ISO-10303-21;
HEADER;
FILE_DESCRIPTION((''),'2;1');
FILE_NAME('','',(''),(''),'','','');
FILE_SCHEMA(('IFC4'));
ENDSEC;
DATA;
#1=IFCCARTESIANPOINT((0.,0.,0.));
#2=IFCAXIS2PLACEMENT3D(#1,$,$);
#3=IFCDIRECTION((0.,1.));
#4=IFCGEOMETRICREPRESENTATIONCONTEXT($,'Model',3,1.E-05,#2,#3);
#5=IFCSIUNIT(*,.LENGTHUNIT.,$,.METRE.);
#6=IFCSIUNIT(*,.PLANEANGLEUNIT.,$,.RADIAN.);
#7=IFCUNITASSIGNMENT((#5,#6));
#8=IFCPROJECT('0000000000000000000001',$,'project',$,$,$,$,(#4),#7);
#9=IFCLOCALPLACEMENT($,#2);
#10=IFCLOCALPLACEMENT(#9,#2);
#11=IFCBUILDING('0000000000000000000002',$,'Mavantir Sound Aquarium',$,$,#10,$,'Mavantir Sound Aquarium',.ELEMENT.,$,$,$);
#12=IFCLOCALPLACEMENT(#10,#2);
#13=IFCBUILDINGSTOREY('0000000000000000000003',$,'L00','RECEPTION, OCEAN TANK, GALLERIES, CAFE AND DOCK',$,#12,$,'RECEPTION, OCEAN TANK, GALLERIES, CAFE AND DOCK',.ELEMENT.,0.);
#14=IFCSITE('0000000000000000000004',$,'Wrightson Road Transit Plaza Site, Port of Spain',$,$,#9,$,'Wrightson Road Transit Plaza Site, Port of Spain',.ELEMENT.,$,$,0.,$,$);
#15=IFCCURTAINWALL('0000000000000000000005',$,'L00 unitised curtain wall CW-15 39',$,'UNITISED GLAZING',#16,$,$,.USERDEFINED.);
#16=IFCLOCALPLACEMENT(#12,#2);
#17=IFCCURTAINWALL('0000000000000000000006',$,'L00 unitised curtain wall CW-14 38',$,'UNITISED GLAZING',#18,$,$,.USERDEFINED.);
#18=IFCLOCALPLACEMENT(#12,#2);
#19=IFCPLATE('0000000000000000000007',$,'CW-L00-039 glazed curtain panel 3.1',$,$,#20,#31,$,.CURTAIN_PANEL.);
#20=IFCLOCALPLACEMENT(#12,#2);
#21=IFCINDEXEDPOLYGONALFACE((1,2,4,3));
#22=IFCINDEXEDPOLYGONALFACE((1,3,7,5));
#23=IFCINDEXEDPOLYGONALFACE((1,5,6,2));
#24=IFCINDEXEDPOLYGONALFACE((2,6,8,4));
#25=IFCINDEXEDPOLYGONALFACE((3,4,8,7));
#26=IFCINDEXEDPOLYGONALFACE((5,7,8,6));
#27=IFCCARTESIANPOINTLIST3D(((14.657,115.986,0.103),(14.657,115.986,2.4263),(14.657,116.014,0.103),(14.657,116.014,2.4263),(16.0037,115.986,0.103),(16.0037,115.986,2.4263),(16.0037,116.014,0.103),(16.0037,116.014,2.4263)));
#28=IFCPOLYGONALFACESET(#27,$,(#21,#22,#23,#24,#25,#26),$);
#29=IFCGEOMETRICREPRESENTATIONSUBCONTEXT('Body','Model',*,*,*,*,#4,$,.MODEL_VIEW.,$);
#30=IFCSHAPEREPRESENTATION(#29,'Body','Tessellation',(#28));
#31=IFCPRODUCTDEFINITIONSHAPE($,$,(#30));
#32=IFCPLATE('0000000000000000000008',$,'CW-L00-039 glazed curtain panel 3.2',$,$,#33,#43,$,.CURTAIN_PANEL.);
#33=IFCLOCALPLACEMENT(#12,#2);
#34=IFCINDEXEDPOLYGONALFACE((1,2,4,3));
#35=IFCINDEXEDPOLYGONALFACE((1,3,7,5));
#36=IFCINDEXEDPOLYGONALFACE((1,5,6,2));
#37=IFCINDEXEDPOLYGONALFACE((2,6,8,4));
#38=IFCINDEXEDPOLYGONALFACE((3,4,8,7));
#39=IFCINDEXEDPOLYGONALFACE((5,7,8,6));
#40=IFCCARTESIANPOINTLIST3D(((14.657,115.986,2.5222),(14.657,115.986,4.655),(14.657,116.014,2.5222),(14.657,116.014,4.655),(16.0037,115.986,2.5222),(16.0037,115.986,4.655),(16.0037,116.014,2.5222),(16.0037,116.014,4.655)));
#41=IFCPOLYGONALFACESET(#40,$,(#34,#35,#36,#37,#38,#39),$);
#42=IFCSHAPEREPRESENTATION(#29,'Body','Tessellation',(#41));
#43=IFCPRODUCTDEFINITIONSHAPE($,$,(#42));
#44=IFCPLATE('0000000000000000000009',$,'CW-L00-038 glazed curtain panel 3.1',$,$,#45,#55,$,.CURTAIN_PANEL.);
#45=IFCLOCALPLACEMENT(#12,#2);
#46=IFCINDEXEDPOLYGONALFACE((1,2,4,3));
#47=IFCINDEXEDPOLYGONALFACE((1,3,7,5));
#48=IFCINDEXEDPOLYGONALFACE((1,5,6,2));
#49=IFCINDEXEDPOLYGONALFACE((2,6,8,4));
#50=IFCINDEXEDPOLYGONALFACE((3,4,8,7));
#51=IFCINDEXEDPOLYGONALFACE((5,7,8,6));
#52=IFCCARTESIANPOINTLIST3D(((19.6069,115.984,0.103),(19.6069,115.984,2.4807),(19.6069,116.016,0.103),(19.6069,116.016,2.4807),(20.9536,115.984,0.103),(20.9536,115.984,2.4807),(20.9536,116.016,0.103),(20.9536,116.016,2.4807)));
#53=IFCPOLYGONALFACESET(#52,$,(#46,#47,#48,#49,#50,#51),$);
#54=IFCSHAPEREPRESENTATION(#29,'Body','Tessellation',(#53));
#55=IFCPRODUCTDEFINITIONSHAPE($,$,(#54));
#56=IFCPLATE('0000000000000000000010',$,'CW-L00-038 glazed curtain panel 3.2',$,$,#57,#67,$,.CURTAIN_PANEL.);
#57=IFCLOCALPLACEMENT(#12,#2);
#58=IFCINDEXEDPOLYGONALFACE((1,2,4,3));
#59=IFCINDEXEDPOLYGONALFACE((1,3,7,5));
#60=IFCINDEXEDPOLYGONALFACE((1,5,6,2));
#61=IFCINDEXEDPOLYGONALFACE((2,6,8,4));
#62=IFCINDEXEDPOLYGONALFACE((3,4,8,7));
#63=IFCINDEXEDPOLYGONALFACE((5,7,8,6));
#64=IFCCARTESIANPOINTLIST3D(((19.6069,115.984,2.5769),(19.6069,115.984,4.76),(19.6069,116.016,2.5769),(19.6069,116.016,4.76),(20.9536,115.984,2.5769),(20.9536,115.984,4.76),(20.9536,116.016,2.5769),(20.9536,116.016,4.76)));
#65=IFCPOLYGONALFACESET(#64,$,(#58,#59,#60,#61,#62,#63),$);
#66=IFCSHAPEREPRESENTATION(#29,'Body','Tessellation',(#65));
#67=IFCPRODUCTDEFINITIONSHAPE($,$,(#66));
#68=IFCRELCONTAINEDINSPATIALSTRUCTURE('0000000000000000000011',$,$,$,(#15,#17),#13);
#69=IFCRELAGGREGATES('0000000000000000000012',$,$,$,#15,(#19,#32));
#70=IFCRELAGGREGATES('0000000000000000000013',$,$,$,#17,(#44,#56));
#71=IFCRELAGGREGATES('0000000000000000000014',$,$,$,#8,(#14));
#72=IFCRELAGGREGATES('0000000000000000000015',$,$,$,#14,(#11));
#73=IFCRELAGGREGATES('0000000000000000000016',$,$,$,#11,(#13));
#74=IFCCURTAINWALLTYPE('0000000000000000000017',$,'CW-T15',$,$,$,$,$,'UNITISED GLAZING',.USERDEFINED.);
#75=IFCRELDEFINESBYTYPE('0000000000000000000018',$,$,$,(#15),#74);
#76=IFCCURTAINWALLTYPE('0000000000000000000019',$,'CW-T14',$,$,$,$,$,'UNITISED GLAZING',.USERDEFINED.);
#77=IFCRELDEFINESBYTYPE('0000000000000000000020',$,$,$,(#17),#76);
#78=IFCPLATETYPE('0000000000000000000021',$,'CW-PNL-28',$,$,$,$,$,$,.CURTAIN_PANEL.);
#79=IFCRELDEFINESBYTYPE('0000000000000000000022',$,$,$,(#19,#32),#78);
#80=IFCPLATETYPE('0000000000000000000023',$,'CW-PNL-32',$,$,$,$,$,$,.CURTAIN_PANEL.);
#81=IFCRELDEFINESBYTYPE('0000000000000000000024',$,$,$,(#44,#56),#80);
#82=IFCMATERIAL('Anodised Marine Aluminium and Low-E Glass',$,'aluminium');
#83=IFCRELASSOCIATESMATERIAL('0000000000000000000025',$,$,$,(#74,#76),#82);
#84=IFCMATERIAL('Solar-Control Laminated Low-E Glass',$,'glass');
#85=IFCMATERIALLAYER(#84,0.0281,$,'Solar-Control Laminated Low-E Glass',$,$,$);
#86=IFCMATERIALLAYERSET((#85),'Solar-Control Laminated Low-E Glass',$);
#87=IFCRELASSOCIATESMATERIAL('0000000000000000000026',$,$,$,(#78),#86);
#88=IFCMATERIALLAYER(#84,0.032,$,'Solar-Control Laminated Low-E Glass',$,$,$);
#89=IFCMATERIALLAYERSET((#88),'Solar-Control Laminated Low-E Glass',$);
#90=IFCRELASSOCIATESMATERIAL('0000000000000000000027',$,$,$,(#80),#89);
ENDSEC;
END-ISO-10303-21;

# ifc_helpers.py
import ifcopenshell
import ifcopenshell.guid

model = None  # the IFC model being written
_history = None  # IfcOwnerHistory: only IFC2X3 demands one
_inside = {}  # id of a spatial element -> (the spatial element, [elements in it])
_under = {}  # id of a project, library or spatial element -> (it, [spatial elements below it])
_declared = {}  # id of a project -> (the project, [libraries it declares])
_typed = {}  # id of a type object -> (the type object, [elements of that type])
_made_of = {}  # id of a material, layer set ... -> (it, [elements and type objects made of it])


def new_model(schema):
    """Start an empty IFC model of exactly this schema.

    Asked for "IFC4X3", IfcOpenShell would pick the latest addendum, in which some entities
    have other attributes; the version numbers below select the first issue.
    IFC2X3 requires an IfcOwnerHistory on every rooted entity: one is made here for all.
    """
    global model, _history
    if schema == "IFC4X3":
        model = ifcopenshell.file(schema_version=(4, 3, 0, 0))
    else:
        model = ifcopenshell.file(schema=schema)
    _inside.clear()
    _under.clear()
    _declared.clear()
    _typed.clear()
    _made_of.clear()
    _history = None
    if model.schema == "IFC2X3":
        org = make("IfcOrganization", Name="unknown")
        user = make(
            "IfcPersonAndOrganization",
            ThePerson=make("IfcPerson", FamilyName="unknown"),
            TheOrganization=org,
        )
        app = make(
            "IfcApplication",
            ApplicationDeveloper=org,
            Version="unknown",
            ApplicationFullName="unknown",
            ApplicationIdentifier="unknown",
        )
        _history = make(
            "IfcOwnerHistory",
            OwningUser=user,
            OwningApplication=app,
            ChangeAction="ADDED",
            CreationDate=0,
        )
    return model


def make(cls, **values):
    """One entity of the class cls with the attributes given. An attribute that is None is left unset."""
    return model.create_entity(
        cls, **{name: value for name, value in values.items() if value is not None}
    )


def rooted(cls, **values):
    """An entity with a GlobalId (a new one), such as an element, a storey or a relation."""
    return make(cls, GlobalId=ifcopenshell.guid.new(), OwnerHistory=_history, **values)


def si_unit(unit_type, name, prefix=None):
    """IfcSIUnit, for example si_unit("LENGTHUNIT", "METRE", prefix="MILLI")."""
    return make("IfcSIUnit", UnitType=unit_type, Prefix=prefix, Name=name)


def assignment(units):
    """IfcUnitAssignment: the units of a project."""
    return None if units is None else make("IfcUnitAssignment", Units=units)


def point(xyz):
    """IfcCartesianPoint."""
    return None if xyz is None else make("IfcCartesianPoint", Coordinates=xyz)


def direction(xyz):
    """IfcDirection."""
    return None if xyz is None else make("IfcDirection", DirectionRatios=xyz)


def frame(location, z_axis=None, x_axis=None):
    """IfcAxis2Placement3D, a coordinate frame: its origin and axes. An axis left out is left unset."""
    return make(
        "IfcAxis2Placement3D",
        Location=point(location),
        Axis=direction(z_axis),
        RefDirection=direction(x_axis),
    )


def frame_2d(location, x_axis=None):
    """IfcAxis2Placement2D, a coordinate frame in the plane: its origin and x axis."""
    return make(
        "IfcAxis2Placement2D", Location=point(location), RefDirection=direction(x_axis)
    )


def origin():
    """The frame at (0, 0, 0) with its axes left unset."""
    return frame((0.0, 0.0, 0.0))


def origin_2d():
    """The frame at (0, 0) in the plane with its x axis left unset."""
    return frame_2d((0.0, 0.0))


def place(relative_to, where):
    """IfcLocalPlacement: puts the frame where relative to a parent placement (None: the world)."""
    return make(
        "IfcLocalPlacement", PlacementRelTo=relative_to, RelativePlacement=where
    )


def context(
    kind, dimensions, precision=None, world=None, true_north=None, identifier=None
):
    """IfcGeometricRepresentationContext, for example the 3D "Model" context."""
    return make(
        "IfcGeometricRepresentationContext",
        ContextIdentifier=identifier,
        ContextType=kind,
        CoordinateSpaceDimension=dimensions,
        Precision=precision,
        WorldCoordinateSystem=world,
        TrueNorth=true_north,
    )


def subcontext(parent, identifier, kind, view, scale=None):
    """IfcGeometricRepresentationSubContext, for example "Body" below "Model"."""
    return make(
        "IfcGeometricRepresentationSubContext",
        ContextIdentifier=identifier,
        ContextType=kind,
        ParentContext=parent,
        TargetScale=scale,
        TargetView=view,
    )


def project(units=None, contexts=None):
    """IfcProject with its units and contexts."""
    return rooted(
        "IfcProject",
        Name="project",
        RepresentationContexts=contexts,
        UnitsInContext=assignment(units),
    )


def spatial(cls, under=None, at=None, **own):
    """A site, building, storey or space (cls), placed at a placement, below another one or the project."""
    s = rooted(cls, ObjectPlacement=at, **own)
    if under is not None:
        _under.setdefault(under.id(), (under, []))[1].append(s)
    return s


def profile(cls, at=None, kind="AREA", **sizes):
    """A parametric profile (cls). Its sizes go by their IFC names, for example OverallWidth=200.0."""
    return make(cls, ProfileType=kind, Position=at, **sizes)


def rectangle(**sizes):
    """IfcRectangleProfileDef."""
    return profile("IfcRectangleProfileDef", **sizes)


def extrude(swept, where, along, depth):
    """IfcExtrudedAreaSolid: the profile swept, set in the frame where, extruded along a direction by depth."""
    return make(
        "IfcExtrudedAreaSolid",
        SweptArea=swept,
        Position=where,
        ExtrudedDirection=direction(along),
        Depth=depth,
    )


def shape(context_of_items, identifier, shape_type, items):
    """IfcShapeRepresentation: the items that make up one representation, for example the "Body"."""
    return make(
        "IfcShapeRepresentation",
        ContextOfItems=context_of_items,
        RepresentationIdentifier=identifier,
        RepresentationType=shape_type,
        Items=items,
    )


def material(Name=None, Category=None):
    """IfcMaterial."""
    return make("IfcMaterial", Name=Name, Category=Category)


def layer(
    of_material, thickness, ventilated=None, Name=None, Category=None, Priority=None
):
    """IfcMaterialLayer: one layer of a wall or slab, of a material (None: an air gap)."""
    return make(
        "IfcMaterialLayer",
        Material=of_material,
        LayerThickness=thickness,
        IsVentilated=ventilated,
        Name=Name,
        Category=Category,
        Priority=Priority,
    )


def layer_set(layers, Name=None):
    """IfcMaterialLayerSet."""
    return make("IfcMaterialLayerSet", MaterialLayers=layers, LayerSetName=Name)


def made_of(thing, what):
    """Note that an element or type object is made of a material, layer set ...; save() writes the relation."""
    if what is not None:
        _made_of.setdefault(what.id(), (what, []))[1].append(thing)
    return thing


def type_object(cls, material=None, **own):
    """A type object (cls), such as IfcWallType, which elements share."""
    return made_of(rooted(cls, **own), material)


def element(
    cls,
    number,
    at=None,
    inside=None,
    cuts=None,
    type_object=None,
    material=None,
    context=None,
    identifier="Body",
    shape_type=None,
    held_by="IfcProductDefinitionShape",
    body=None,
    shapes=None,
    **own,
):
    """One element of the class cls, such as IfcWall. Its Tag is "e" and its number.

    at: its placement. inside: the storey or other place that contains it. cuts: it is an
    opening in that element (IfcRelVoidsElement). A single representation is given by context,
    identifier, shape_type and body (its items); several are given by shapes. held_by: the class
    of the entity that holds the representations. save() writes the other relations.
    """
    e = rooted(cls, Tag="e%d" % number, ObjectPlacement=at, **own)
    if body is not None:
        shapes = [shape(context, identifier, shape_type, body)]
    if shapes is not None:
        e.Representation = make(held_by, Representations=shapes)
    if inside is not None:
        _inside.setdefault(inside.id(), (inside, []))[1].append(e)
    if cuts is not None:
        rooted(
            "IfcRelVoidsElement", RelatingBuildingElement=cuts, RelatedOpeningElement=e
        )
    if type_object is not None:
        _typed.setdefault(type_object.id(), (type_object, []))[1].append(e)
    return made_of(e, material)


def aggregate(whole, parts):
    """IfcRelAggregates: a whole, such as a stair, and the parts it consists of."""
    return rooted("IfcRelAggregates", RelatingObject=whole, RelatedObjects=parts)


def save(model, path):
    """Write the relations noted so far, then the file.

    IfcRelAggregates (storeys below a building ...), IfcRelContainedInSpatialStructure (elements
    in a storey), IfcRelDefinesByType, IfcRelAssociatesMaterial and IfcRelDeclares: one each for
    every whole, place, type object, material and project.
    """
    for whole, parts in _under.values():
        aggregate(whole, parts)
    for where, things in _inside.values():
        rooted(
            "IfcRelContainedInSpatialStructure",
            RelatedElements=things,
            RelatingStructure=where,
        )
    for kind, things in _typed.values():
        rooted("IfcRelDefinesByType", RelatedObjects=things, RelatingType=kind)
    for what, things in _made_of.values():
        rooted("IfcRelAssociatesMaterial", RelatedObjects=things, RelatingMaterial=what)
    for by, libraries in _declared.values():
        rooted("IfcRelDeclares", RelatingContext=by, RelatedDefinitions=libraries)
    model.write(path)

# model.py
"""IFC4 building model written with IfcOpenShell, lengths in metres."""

from ifc_helpers import new_model, si_unit, direction, frame, origin, origin_2d, place, context, subcontext, project, spatial, rectangle, extrude, material, layer, layer_set, type_object, element, aggregate, save


model = new_model("IFC4")

# Units and contexts
model_context = context("Model", 3, precision=1e-05, world=origin(), true_north=direction((0.0, 1.0)))
body_context = subcontext(model_context, "Body", "Model", "MODEL_VIEW")
ifc_project = project(units=[si_unit("LENGTHUNIT", "METRE"), si_unit("PLANEANGLEUNIT", "RADIAN")], contexts=[model_context])

# Site, building, storey
site_placement = place(None, origin())
site = spatial("IfcSite", under=ifc_project, at=site_placement, Name="Wrightson Road Transit Plaza Site, Port of Spain", LongName="Wrightson Road Transit Plaza Site, Port of Spain", CompositionType="ELEMENT", RefElevation=0.0)
building_placement = place(site_placement, origin())
building = spatial("IfcBuilding", under=site, at=building_placement, Name="Mavantir Sound Aquarium", LongName="Mavantir Sound Aquarium", CompositionType="ELEMENT")
storey_placement = place(building_placement, origin())
storey = spatial("IfcBuildingStorey", under=building, at=storey_placement, Name="L00", Description="RECEPTION, OCEAN TANK, GALLERIES, CAFE AND DOCK", LongName="RECEPTION, OCEAN TANK, GALLERIES, CAFE AND DOCK", CompositionType="ELEMENT", Elevation=0.0)

# Curtain walls
ifc_material_1 = material(Name="Anodised Marine Aluminium and Low-E Glass", Category="aluminium")
curtain_wall_type_1 = type_object("IfcCurtainWallType", Name="CW-T15", ElementType="UNITISED GLAZING", PredefinedType="USERDEFINED", material=ifc_material_1)
curtain_wall_1_placement = place(storey_placement, origin())
curtain_wall_1 = element("IfcCurtainWall", 1, at=curtain_wall_1_placement, inside=storey, type_object=curtain_wall_type_1, Name="L00 unitised curtain wall CW-15 39", ObjectType="UNITISED GLAZING", PredefinedType="USERDEFINED")
curtain_wall_type_2 = type_object("IfcCurtainWallType", Name="CW-T14", ElementType="UNITISED GLAZING", PredefinedType="USERDEFINED", material=ifc_material_1)
curtain_wall_2_placement = place(storey_placement, origin())
curtain_wall_2 = element("IfcCurtainWall", 2, at=curtain_wall_2_placement, inside=storey, type_object=curtain_wall_type_2, Name="L00 unitised curtain wall CW-14 38", ObjectType="UNITISED GLAZING", PredefinedType="USERDEFINED")

# Plates
ifc_material_2 = material(Name="Solar-Control Laminated Low-E Glass", Category="glass")
ifc_layer_1 = layer(ifc_material_2, 0.0281, Name="Solar-Control Laminated Low-E Glass")
ifc_layer_set_1 = layer_set([ifc_layer_1], Name="Solar-Control Laminated Low-E Glass")
plate_type_1 = type_object("IfcPlateType", Name="CW-PNL-28", PredefinedType="CURTAIN_PANEL", material=ifc_layer_set_1)
plate_1_placement = place(storey_placement, frame((15.3303, 116.0, 0.103), z_axis=(0.0, 0.0, 1.0), x_axis=(-1.0, 0.0, 0.0)))
plate_1 = element("IfcPlate", 3, at=plate_1_placement, type_object=plate_type_1, Name="CW-L00-039 glazed curtain panel 3.1", PredefinedType="CURTAIN_PANEL", context=body_context, shape_type="SweptSolid", body=[
    extrude(rectangle(XDim=1.3467, YDim=0.0281, at=origin_2d()), origin(), (0.0, 0.0, 1.0), 2.3232),
])
plate_2_placement = place(storey_placement, frame((15.3303, 116.0, 2.5222), z_axis=(0.0, 0.0, 1.0), x_axis=(-1.0, 0.0, 0.0)))
plate_2 = element("IfcPlate", 4, at=plate_2_placement, type_object=plate_type_1, Name="CW-L00-039 glazed curtain panel 3.2", PredefinedType="CURTAIN_PANEL", context=body_context, shape_type="SweptSolid", body=[
    extrude(rectangle(XDim=1.3467, YDim=0.0281, at=origin_2d()), origin(), (0.0, 0.0, 1.0), 2.1328),
])
aggregate(curtain_wall_1, [plate_1, plate_2])
ifc_layer_2 = layer(ifc_material_2, 0.032, Name="Solar-Control Laminated Low-E Glass")
ifc_layer_set_2 = layer_set([ifc_layer_2], Name="Solar-Control Laminated Low-E Glass")
plate_type_2 = type_object("IfcPlateType", Name="CW-PNL-32", PredefinedType="CURTAIN_PANEL", material=ifc_layer_set_2)
plate_3_placement = place(storey_placement, frame((20.2803, 116.0, 0.103), z_axis=(0.0, 0.0, 1.0), x_axis=(-1.0, 0.0, 0.0)))
plate_3 = element("IfcPlate", 5, at=plate_3_placement, type_object=plate_type_2, Name="CW-L00-038 glazed curtain panel 3.1", PredefinedType="CURTAIN_PANEL", context=body_context, shape_type="SweptSolid", body=[
    extrude(rectangle(XDim=1.3467, YDim=0.032, at=origin_2d()), origin(), (0.0, 0.0, 1.0), 2.3777),
])
plate_4_placement = place(storey_placement, frame((20.2803, 116.0, 2.5769), z_axis=(0.0, 0.0, 1.0), x_axis=(-1.0, 0.0, 0.0)))
plate_4 = element("IfcPlate", 6, at=plate_4_placement, type_object=plate_type_2, Name="CW-L00-038 glazed curtain panel 3.2", PredefinedType="CURTAIN_PANEL", context=body_context, shape_type="SweptSolid", body=[
    extrude(rectangle(XDim=1.3467, YDim=0.032, at=origin_2d()), origin(), (0.0, 0.0, 1.0), 2.1831),
])
aggregate(curtain_wall_2, [plate_3, plate_4])

save(model, "model.ifc")
